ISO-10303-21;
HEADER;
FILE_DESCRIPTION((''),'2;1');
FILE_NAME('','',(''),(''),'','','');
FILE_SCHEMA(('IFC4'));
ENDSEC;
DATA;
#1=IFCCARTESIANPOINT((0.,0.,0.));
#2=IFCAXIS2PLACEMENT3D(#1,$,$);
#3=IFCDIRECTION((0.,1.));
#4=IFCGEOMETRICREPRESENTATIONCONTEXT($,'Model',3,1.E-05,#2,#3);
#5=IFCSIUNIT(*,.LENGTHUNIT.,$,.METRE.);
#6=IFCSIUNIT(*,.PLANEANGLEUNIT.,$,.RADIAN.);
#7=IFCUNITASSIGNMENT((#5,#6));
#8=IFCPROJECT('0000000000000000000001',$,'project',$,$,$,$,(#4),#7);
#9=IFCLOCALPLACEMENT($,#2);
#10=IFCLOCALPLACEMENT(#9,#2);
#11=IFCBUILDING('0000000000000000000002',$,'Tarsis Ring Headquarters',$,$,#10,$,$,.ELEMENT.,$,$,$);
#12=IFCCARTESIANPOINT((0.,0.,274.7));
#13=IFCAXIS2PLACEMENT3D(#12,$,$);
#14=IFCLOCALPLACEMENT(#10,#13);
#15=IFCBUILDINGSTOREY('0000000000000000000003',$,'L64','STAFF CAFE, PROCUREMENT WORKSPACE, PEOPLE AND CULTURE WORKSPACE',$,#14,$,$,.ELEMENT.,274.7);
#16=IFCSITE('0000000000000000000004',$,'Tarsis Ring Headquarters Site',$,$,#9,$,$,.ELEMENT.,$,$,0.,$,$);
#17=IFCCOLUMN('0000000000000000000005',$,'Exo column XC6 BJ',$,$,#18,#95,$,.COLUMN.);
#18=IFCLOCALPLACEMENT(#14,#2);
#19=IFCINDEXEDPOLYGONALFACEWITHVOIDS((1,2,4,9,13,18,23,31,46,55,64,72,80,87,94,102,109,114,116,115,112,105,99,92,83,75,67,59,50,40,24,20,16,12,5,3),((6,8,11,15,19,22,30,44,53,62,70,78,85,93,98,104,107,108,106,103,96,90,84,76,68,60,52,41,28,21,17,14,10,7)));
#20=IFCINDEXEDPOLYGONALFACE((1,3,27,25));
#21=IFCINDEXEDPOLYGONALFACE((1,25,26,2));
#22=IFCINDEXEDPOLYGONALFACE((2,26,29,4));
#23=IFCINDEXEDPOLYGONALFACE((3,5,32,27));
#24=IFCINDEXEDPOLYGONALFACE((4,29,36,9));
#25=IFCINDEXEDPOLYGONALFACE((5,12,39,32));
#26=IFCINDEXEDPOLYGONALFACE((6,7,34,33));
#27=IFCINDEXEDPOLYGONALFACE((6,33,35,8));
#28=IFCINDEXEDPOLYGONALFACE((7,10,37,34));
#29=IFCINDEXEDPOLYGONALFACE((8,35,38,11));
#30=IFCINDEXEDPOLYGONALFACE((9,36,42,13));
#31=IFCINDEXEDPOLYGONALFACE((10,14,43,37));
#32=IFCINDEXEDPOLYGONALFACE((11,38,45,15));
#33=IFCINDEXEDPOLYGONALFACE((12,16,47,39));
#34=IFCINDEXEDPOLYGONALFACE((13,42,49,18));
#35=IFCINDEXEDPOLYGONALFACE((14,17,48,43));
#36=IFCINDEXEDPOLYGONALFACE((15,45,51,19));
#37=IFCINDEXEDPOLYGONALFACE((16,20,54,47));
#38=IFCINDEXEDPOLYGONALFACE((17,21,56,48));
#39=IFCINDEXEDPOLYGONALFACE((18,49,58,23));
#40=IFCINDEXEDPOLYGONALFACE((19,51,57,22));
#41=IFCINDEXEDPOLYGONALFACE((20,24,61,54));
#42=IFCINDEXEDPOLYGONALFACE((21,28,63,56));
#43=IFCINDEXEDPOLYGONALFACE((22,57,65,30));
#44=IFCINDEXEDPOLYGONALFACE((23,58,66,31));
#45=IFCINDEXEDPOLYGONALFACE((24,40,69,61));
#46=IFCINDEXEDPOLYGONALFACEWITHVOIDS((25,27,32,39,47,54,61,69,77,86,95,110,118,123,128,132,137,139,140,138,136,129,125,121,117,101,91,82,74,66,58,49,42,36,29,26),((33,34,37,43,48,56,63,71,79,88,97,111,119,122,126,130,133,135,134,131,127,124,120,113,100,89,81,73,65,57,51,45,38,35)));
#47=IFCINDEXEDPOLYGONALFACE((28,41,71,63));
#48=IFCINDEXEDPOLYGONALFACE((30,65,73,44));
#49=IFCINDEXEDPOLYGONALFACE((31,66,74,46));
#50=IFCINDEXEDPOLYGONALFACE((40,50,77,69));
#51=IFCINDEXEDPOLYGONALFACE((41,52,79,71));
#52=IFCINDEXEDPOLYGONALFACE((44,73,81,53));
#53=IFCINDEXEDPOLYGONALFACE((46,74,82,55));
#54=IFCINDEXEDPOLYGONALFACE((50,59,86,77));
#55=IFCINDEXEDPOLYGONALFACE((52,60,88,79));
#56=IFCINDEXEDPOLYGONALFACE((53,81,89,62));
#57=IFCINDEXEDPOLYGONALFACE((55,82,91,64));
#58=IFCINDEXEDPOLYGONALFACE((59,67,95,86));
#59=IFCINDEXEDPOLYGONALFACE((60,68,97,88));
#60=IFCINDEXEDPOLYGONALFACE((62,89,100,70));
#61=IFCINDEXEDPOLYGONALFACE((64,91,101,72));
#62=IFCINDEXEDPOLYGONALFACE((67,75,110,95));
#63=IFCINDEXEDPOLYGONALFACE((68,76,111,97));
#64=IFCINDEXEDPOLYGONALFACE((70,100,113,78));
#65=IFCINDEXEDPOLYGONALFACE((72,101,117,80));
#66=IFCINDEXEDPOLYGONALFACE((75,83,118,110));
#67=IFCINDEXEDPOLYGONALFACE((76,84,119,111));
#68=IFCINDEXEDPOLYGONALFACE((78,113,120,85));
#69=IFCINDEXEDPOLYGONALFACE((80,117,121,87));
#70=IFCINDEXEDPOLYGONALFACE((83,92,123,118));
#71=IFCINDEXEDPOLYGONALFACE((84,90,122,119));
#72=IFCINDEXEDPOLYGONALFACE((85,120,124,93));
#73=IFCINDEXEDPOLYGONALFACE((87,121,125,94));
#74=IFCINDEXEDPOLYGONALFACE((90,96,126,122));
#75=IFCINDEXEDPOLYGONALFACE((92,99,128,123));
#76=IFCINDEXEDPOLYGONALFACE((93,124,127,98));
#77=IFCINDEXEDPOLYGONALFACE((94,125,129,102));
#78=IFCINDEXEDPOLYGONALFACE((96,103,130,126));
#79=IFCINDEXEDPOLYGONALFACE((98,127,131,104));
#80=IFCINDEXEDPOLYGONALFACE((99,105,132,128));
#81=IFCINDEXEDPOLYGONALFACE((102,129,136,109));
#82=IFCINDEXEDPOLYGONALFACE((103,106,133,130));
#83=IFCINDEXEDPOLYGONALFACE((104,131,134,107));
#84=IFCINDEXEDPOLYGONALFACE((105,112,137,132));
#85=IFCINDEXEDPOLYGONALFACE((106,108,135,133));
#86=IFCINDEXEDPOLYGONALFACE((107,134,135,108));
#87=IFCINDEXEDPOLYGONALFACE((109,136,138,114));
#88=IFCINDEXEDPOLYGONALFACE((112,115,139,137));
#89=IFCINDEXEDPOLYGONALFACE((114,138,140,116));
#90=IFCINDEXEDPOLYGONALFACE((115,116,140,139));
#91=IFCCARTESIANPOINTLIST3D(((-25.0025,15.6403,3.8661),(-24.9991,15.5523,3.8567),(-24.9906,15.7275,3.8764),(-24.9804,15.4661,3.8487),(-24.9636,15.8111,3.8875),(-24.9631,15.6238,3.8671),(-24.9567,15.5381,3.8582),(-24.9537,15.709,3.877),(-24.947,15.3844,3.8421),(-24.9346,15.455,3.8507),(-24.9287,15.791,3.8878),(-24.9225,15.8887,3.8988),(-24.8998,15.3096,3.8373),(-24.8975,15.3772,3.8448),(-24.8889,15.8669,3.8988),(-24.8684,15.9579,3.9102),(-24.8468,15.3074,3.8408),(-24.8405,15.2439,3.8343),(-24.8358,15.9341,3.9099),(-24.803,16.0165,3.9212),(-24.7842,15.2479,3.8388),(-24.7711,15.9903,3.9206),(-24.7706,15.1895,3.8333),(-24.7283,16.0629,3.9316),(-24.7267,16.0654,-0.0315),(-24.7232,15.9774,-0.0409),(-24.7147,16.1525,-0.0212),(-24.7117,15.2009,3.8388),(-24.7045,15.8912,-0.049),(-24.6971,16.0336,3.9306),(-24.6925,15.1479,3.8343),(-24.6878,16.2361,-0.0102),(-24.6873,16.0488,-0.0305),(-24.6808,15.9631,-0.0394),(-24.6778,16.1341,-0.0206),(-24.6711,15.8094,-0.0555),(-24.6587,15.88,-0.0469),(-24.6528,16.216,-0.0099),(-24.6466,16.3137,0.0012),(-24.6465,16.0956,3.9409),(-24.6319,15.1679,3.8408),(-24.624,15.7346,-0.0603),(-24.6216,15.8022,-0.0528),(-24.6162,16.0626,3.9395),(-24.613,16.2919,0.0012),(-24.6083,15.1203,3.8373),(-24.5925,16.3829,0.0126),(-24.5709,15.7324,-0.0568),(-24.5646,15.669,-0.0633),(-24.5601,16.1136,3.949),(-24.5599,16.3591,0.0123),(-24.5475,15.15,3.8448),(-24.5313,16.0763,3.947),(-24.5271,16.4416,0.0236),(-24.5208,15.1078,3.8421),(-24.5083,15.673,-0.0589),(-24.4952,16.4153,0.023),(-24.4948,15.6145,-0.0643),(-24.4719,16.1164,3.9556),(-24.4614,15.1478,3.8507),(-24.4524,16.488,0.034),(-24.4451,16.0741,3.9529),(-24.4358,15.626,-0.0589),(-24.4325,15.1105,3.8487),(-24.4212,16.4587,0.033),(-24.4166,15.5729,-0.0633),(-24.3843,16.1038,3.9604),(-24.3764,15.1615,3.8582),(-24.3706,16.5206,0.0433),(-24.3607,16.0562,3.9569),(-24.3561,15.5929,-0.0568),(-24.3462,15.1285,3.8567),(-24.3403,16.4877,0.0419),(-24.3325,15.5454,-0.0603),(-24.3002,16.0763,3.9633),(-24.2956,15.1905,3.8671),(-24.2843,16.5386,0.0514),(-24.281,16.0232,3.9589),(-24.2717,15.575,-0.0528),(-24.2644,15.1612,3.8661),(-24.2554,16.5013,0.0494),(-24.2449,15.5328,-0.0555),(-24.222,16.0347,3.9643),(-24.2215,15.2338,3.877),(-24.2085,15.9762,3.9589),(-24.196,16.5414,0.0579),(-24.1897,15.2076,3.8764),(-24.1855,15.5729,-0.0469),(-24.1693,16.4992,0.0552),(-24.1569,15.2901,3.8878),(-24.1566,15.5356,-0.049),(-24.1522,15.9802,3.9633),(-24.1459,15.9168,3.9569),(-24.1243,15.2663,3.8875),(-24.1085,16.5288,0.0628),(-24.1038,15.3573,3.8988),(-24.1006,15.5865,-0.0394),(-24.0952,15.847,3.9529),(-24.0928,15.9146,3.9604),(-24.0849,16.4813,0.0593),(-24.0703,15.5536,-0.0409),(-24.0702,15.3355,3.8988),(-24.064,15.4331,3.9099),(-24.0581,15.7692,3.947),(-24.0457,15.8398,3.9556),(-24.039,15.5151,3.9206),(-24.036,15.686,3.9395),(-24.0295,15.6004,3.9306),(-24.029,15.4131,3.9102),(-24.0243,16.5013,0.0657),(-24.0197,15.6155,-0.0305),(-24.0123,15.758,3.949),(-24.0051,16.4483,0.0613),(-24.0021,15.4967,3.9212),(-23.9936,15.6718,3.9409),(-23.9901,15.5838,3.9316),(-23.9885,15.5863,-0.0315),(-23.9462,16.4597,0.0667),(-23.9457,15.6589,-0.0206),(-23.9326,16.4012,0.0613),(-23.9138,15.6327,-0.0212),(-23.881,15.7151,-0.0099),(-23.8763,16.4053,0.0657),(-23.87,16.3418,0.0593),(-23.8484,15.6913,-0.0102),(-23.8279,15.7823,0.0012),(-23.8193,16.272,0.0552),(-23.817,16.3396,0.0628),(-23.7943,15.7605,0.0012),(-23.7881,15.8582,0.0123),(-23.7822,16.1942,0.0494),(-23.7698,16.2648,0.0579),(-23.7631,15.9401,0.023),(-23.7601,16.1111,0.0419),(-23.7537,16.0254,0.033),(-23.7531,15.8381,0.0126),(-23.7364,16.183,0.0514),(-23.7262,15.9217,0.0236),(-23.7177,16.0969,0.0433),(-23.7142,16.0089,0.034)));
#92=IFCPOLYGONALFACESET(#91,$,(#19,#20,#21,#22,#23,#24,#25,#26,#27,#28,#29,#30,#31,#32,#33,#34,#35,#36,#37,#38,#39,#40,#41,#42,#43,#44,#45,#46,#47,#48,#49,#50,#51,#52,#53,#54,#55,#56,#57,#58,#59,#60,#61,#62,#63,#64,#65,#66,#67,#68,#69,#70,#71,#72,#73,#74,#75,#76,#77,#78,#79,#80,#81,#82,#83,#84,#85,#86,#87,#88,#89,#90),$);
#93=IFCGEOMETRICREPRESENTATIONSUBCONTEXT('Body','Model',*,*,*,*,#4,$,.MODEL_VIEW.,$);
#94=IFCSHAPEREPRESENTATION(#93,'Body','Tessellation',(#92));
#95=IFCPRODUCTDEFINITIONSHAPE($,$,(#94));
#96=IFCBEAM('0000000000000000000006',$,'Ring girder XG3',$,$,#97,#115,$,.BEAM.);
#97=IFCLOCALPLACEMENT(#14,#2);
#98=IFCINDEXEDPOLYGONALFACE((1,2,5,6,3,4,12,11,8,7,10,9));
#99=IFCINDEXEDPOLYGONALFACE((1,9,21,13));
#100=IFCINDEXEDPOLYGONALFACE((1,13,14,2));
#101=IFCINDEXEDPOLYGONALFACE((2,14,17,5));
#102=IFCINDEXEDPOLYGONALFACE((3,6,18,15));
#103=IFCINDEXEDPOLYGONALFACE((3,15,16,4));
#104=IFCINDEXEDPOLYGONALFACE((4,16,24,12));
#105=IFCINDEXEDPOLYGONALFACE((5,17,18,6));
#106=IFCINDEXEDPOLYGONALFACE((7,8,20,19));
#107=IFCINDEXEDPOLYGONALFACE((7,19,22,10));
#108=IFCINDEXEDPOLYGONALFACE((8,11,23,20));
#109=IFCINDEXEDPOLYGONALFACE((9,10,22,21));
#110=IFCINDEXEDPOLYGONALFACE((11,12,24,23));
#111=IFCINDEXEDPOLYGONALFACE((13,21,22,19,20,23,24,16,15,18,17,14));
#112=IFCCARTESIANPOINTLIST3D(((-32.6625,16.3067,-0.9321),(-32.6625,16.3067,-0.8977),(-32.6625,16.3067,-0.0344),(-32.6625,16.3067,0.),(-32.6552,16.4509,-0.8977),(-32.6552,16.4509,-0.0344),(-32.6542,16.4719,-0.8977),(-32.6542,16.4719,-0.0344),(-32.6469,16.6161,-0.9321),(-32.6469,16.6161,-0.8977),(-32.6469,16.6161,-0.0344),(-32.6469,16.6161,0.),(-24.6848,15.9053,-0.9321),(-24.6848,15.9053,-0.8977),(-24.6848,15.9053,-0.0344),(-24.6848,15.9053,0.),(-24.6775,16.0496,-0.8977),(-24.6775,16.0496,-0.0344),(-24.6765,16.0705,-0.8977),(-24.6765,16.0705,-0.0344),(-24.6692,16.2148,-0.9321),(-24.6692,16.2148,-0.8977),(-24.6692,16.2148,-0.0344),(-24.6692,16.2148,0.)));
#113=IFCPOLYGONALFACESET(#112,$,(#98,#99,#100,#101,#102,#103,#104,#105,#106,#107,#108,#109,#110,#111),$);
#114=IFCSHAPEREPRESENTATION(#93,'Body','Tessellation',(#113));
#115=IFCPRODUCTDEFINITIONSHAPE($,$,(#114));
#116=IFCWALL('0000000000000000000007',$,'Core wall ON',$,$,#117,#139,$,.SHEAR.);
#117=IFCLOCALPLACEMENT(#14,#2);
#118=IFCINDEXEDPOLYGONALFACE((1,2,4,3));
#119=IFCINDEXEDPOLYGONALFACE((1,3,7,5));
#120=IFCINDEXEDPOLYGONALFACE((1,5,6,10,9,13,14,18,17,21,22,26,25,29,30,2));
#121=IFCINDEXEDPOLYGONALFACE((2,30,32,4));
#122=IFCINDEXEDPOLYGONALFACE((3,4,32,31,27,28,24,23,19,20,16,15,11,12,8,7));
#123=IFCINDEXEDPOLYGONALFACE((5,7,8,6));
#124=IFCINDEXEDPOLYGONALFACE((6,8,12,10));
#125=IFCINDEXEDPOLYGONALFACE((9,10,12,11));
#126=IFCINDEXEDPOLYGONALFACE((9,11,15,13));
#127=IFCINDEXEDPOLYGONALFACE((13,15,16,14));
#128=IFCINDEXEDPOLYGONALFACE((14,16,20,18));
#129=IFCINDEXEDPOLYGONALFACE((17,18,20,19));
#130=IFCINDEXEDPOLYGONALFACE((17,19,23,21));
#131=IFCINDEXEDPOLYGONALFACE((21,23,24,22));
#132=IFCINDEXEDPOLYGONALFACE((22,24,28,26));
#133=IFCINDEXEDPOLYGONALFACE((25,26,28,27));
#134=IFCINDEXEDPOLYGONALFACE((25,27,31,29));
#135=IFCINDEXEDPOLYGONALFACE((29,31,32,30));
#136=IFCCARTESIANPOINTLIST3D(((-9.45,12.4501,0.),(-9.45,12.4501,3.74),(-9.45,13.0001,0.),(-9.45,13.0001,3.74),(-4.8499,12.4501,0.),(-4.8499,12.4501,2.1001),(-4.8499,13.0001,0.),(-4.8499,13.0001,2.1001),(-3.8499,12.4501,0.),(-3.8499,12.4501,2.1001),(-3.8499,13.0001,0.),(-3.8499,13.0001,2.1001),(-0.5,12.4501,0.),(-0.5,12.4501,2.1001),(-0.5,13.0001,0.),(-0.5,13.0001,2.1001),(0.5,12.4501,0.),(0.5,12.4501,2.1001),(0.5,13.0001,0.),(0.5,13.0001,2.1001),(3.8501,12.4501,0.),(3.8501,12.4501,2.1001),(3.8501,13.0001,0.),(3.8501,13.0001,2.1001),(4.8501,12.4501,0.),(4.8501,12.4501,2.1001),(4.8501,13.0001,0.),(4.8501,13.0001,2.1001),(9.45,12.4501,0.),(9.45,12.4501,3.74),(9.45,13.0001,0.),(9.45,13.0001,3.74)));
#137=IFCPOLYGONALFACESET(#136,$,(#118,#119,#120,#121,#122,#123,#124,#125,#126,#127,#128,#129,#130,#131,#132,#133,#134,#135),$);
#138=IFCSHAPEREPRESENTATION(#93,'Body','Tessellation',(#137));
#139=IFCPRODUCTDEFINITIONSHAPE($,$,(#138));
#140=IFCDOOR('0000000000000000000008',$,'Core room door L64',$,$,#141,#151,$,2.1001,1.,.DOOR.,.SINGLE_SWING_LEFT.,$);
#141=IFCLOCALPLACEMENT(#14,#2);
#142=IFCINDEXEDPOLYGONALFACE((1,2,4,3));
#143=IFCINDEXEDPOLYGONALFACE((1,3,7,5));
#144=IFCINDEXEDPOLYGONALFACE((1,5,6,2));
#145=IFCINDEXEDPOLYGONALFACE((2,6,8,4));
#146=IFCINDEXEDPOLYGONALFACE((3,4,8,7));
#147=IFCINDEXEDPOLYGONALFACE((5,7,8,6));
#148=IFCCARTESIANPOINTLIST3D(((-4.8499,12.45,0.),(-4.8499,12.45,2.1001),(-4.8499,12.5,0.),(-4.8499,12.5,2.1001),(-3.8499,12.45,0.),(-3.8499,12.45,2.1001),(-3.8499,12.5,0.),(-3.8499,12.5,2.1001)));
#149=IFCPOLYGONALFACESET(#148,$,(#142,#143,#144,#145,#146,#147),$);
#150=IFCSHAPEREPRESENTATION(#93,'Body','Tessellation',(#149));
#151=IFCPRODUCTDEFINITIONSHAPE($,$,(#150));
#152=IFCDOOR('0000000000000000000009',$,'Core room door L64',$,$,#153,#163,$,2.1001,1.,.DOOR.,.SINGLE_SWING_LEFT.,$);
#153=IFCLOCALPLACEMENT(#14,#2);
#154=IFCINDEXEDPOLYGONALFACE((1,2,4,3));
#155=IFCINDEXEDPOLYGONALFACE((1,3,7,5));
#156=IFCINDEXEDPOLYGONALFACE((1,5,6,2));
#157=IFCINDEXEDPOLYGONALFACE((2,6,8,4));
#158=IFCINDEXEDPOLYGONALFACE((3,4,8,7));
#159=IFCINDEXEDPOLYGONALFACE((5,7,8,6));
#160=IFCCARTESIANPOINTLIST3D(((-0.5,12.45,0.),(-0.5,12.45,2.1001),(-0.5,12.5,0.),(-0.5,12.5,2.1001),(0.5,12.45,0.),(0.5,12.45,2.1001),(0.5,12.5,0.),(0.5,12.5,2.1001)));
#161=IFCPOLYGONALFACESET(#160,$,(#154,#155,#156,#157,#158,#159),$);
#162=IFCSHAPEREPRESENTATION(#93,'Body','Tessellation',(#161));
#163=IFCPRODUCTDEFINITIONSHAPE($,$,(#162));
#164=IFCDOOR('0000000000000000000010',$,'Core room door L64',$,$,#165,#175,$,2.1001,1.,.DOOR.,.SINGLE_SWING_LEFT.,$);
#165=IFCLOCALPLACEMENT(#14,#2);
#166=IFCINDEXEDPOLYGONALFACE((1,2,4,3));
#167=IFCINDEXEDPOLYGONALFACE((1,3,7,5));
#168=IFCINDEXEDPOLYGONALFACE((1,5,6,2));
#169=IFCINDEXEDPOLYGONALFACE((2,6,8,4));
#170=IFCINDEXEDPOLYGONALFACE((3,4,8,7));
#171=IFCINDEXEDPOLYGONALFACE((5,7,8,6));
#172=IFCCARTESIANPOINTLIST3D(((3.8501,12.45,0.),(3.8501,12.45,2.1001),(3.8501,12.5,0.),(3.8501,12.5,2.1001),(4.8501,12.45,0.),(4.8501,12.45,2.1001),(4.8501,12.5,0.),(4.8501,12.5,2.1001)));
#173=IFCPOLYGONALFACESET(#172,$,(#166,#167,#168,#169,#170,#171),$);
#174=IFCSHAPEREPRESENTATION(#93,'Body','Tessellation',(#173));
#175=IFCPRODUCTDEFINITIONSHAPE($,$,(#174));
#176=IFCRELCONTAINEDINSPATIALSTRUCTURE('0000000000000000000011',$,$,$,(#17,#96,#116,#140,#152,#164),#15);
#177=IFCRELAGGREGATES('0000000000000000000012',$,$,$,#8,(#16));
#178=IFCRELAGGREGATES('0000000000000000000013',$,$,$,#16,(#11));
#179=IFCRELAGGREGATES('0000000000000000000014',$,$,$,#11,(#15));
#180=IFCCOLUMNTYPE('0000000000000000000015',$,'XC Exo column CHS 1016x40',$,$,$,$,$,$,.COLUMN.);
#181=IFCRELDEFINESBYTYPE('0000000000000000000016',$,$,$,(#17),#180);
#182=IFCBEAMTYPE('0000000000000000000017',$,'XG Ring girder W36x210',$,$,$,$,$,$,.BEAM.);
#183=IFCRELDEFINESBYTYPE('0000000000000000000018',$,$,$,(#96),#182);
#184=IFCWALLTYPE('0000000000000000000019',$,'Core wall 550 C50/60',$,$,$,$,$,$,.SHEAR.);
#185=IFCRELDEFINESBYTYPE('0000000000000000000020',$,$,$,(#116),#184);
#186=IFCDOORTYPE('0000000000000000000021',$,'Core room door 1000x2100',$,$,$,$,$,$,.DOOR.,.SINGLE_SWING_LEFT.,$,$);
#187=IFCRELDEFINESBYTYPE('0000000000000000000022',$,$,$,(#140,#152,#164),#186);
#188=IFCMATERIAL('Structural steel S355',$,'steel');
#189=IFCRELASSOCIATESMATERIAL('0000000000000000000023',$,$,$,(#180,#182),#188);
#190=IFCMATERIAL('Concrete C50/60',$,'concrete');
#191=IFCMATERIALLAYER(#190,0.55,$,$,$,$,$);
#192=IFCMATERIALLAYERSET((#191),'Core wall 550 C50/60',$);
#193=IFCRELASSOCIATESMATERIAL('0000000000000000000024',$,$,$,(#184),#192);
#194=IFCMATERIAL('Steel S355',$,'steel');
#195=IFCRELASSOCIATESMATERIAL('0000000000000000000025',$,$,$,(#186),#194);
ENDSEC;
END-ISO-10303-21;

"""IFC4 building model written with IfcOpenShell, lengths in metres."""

from ifc_helpers import new_model, si_unit, direction, frame, frame_2d, origin, origin_2d, place, context, subcontext, project, spatial, rectangle, hollow_circle, i_section, extrude, material, layer, layer_set, material_profile, profile_set, type_object, element, fill, save


model = new_model("IFC4")

# Units and contexts
model_context = context("Model", 3, precision=1e-05, world=origin(), true_north=direction((0.0, 1.0)))
body_context = subcontext(model_context, "Body", "Model", "MODEL_VIEW")
ifc_project = project(units=[si_unit("LENGTHUNIT", "METRE"), si_unit("PLANEANGLEUNIT", "RADIAN")], contexts=[model_context])

# Site, building, storey
site_placement = place(None, origin())
site = spatial("IfcSite", under=ifc_project, at=site_placement, Name="Tarsis Ring Headquarters Site", CompositionType="ELEMENT", RefElevation=0.0)
building_placement = place(site_placement, origin())
building = spatial("IfcBuilding", under=site, at=building_placement, Name="Tarsis Ring Headquarters", CompositionType="ELEMENT")
storey_placement = place(building_placement, frame((0.0, 0.0, 274.7)))
storey = spatial("IfcBuildingStorey", under=building, at=storey_placement, Name="L64", Description="STAFF CAFE, PROCUREMENT WORKSPACE, PEOPLE AND CULTURE WORKSPACE", CompositionType="ELEMENT", Elevation=274.7)

# Column
ifc_material_1 = material(Name="Structural steel S355", Category="steel")
ifc_material_profile_1 = material_profile(ifc_material_1, hollow_circle(Radius=0.5081, WallThickness=0.04, at=origin_2d()), Name="CHS 1016x40")
ifc_profile_set_1 = profile_set([ifc_material_profile_1], Name="Structural steel S355")
column_type = type_object("IfcColumnType", Name="XC Exo column CHS 1016x40", PredefinedType="COLUMN", material=ifc_profile_set_1)
column_placement = place(storey_placement, frame((-24.2205, 16.0371, 0.0012), z_axis=(-0.070189, -0.108141, 0.991655), x_axis=(0.838807, -0.544429, 0.0)))
element("IfcColumn", 1, at=column_placement, inside=storey, type_object=column_type, Name="Exo column XC6 BJ", PredefinedType="COLUMN", context=body_context, shape_type="SweptSolid", body=[
    extrude(hollow_circle(Radius=0.5081, WallThickness=0.04, at=origin_2d()), origin(), (0.0, 0.0, 1.0), 3.9304),
])

# Beam
ifc_material_profile_2 = material_profile(ifc_material_1, i_section(OverallWidth=0.3098, OverallDepth=0.9321, WebThickness=0.021, FlangeThickness=0.0344, at=origin_2d()), Name="W36x210")
ifc_profile_set_2 = profile_set([ifc_material_profile_2], Name="Structural steel S355")
beam_type = type_object("IfcBeamType", Name="XG Ring girder W36x210", PredefinedType="BEAM", material=ifc_profile_set_2)
beam_placement = place(storey_placement, frame((-24.677, 16.0601, -0.4661), z_axis=(-0.998737, 0.050247, 0.0), x_axis=(-0.050247, -0.998737, 0.0)))
element("IfcBeam", 2, at=beam_placement, inside=storey, type_object=beam_type, Name="Ring girder XG3", PredefinedType="BEAM", context=body_context, shape_type="SweptSolid", body=[
    extrude(i_section(OverallWidth=0.3098, OverallDepth=0.9321, WebThickness=0.021, FlangeThickness=0.0344, at=origin_2d()), origin(), (0.0, 0.0, 1.0), 7.9878),
])

# Wall, openings, doors
ifc_material_2 = material(Name="Concrete C50/60", Category="concrete")
ifc_layer_1 = layer(ifc_material_2, 0.55)
ifc_layer_set_1 = layer_set([ifc_layer_1], Name="Core wall 550 C50/60")
wall_type_1 = type_object("IfcWallType", Name="Core wall 550 C50/60", PredefinedType="SHEAR", material=ifc_layer_set_1)
wall_1_placement = place(storey_placement, frame((-9.45, 12.7251, 0.0), z_axis=(0.0, 0.0, 1.0), x_axis=(1.0, 0.0, 0.0)))
wall_1 = element("IfcWall", 3, at=wall_1_placement, inside=storey, type_object=wall_type_1, Name="Core wall ON", PredefinedType="SHEAR", context=body_context, shape_type="SweptSolid", body=[
    extrude(rectangle(XDim=18.8999, YDim=0.55, at=frame_2d((9.45, 0.0))), origin(), (0.0, 0.0, 1.0), 3.74),
])
opening_1_placement = place(wall_1_placement, frame((4.6001, 0.0, 0.0)))
opening_1 = element("IfcOpeningElement", 4, at=opening_1_placement, cuts=wall_1, PredefinedType="OPENING", context=body_context, shape_type="SweptSolid", body=[
    extrude(rectangle(XDim=1.0, YDim=2.1001, at=frame_2d((0.5, 1.05))), frame((0.0, 0.2849, 0.0), z_axis=(0.0, -1.0, 0.0), x_axis=(1.0, 0.0, 0.0)), (0.0, 0.0, 1.0), 0.5701),
])
opening_2_placement = place(wall_1_placement, frame((8.95, 0.0, 0.0)))
opening_2 = element("IfcOpeningElement", 5, at=opening_2_placement, cuts=wall_1, PredefinedType="OPENING", context=body_context, shape_type="SweptSolid", body=[
    extrude(rectangle(XDim=1.0, YDim=2.1001, at=frame_2d((0.5, 1.05))), frame((0.0, 0.2849, 0.0), z_axis=(0.0, -1.0, 0.0), x_axis=(1.0, 0.0, 0.0)), (0.0, 0.0, 1.0), 0.5701),
])
opening_3_placement = place(wall_1_placement, frame((13.3, 0.0, 0.0)))
opening_3 = element("IfcOpeningElement", 6, at=opening_3_placement, cuts=wall_1, PredefinedType="OPENING", context=body_context, shape_type="SweptSolid", body=[
    extrude(rectangle(XDim=1.0, YDim=2.1001, at=frame_2d((0.5, 1.05))), frame((0.0, 0.2849, 0.0), z_axis=(0.0, -1.0, 0.0), x_axis=(1.0, 0.0, 0.0)), (0.0, 0.0, 1.0), 0.5701),
])
ifc_material_3 = material(Name="Steel S355", Category="steel")
door_type_1 = type_object("IfcDoorType", Name="Core room door 1000x2100", OperationType="SINGLE_SWING_LEFT", PredefinedType="DOOR", material=ifc_material_3)
door_1_placement = place(opening_1_placement, origin())
door_1 = element("IfcDoor", 7, at=door_1_placement, inside=storey, type_object=door_type_1, Name="Core room door L64", OperationType="SINGLE_SWING_LEFT", OverallHeight=2.1001, OverallWidth=1.0, PredefinedType="DOOR", context=body_context, shape_type="SweptSolid", body=[
    extrude(rectangle(XDim=1.0, YDim=2.1001, at=frame_2d((0.5, 1.05))), frame((0.0, -0.2251, 0.0), z_axis=(0.0, -1.0, 0.0), x_axis=(1.0, 0.0, 0.0)), (0.0, 0.0, 1.0), 0.05),
])
fill(opening_1, door_1)
door_2_placement = place(opening_2_placement, origin())
door_2 = element("IfcDoor", 8, at=door_2_placement, inside=storey, type_object=door_type_1, Name="Core room door L64", OperationType="SINGLE_SWING_LEFT", OverallHeight=2.1001, OverallWidth=1.0, PredefinedType="DOOR", context=body_context, shape_type="SweptSolid", body=[
    extrude(rectangle(XDim=1.0, YDim=2.1001, at=frame_2d((0.5, 1.05))), frame((0.0, -0.2251, 0.0), z_axis=(0.0, -1.0, 0.0), x_axis=(1.0, 0.0, 0.0)), (0.0, 0.0, 1.0), 0.05),
])
fill(opening_2, door_2)
door_3_placement = place(opening_3_placement, origin())
door_3 = element("IfcDoor", 9, at=door_3_placement, inside=storey, type_object=door_type_1, Name="Core room door L64", OperationType="SINGLE_SWING_LEFT", OverallHeight=2.1001, OverallWidth=1.0, PredefinedType="DOOR", context=body_context, shape_type="SweptSolid", body=[
    extrude(rectangle(XDim=1.0, YDim=2.1001, at=frame_2d((0.5, 1.05))), frame((0.0, -0.2251, 0.0), z_axis=(0.0, -1.0, 0.0), x_axis=(1.0, 0.0, 0.0)), (0.0, 0.0, 1.0), 0.05),
])
fill(opening_3, door_3)

save(model, "model.ifc")
